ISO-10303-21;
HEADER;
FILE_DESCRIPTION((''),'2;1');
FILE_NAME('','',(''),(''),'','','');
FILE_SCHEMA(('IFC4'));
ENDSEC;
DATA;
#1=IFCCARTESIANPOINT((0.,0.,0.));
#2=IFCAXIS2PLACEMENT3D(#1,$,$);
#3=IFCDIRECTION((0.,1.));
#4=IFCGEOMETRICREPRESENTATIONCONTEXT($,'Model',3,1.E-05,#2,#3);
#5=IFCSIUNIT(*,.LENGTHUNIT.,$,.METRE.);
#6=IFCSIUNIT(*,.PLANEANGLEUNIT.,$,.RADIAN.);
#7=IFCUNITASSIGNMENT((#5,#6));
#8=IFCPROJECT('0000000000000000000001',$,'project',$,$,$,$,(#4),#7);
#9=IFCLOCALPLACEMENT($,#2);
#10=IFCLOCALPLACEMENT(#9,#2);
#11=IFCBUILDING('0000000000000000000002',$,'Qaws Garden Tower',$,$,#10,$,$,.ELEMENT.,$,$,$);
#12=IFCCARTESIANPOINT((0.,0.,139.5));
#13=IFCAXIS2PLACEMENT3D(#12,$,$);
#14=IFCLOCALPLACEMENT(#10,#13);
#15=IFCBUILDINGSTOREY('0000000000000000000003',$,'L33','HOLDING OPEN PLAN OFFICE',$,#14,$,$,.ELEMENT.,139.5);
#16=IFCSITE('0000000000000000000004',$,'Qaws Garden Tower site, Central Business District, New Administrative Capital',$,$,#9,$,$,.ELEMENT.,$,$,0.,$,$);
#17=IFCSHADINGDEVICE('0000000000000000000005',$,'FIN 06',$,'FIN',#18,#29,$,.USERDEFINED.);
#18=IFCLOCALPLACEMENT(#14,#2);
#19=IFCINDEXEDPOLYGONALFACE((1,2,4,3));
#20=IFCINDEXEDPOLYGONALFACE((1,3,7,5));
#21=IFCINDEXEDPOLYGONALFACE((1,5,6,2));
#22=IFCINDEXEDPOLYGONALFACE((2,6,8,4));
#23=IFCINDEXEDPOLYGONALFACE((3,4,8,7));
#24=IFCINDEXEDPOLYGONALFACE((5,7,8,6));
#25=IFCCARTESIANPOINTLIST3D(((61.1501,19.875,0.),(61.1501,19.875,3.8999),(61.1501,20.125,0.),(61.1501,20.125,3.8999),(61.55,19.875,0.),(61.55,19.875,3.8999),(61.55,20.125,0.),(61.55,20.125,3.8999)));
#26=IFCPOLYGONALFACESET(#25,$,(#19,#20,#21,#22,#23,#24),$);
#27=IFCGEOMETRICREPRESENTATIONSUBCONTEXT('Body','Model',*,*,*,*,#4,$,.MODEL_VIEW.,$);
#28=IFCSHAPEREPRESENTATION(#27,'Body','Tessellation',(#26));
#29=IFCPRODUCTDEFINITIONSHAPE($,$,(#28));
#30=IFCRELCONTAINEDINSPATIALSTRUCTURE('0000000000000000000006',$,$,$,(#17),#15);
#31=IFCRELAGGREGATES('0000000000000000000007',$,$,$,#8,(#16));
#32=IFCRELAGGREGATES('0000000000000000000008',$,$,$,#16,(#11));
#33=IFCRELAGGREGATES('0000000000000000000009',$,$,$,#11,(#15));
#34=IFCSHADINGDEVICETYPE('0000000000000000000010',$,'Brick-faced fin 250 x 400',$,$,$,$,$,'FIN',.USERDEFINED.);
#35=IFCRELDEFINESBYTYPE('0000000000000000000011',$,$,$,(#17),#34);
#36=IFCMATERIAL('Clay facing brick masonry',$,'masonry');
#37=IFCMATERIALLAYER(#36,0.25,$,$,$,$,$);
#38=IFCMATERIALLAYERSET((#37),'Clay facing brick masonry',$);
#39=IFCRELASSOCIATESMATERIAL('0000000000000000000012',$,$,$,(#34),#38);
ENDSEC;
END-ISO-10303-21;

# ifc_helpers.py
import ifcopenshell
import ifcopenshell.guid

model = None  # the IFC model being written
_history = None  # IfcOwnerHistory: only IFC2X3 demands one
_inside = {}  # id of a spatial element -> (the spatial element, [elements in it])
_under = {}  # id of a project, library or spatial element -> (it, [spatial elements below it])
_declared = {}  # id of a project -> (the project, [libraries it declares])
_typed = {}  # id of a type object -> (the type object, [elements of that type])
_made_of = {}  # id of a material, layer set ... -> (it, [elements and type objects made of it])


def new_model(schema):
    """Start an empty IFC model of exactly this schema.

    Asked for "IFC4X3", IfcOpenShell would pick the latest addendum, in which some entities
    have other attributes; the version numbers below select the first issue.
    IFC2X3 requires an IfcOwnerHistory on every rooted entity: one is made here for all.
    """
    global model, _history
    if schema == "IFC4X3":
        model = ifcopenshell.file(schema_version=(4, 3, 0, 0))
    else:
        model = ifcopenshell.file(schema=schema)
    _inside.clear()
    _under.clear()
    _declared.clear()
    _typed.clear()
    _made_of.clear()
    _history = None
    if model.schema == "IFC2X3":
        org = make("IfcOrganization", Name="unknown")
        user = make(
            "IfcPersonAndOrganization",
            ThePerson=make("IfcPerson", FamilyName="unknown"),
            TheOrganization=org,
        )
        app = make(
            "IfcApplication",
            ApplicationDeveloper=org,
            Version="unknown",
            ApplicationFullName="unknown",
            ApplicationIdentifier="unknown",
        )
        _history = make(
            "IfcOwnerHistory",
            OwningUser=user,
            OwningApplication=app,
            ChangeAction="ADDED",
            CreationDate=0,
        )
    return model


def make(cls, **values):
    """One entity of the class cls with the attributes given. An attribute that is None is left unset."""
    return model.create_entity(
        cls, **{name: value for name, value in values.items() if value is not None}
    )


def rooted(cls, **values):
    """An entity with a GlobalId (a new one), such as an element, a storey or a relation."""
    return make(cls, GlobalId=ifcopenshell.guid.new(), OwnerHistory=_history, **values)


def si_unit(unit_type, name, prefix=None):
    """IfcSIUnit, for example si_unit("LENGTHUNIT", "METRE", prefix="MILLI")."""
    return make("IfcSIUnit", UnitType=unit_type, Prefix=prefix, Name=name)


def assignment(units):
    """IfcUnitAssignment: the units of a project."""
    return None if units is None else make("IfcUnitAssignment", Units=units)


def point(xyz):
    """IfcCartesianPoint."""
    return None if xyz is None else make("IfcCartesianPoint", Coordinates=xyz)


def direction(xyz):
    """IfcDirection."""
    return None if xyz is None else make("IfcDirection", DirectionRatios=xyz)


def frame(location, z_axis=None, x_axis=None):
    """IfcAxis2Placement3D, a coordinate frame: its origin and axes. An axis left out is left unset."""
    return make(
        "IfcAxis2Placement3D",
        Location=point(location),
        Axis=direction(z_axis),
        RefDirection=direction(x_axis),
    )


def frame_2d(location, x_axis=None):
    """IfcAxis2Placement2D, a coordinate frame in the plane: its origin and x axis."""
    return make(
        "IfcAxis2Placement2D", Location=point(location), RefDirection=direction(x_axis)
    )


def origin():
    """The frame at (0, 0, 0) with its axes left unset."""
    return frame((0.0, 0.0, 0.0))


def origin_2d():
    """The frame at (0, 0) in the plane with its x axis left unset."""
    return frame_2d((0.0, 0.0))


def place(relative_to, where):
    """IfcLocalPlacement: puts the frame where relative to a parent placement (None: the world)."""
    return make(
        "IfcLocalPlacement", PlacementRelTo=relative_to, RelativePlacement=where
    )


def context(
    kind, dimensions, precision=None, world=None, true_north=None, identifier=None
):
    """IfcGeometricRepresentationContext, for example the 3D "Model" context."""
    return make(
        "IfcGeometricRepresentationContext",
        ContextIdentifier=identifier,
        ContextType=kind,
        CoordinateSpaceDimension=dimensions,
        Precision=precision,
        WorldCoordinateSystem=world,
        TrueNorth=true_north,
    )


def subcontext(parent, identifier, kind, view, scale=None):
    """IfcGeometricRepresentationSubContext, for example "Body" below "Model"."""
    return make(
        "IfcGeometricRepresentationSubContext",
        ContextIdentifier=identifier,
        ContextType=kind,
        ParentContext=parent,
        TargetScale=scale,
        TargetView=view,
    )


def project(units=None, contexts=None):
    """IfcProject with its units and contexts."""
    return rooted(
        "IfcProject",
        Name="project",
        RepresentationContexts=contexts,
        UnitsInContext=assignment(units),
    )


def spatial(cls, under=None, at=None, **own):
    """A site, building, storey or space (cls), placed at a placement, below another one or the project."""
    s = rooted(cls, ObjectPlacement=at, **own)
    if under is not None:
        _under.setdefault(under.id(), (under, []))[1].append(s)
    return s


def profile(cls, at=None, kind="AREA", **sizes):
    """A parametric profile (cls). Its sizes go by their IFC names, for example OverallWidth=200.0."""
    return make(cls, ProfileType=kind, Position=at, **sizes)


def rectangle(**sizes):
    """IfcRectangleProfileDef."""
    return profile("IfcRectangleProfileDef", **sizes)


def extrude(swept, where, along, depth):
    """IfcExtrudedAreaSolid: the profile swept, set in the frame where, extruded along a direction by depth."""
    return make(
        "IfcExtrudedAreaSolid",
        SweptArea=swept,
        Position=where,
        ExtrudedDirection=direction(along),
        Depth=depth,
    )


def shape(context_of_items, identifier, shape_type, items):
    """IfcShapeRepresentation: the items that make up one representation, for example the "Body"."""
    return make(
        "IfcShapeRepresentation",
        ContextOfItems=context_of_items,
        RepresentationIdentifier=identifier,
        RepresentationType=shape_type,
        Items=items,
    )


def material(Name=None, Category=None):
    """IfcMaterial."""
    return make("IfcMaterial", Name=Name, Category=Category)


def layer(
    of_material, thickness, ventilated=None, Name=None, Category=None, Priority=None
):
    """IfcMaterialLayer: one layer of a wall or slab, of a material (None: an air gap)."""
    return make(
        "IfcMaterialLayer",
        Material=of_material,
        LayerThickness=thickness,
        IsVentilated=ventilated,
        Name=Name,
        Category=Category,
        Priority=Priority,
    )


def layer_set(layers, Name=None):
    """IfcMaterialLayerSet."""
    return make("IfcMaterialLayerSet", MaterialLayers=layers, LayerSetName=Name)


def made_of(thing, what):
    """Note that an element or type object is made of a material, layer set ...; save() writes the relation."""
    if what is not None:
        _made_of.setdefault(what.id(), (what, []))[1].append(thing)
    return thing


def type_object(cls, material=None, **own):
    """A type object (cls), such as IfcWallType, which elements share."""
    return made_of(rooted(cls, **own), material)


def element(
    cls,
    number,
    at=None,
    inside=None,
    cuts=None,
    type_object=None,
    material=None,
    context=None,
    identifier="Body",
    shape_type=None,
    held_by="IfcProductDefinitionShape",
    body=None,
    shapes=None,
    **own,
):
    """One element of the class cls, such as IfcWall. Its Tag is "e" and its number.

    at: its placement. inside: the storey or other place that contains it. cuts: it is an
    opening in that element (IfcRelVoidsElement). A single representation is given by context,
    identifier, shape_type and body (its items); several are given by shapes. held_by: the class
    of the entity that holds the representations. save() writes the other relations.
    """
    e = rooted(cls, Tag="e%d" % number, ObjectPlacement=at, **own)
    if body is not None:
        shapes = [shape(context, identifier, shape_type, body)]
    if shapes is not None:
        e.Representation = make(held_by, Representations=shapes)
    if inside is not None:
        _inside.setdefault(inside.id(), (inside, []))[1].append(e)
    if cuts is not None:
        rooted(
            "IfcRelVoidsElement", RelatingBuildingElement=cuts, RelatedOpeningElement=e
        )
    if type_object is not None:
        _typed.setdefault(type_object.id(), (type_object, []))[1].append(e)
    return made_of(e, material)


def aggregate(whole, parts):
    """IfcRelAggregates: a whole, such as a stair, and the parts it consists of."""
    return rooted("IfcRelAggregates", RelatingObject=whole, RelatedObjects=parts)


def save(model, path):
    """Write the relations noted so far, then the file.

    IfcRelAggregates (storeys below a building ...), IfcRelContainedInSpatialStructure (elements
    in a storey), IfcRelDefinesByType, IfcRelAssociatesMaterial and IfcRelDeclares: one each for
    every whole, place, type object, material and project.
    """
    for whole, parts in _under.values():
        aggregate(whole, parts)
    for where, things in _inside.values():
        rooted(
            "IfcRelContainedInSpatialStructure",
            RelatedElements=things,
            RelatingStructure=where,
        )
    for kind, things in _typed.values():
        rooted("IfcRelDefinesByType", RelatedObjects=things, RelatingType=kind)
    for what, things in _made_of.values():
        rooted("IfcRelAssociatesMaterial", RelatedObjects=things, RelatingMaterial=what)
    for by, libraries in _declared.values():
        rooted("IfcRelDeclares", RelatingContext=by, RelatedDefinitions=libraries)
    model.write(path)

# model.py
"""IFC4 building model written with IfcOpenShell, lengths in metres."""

from ifc_helpers import new_model, si_unit, direction, frame, origin, origin_2d, place, context, subcontext, project, spatial, rectangle, extrude, material, layer, layer_set, type_object, element, save


model = new_model("IFC4")

# Units and contexts
model_context = context("Model", 3, precision=1e-05, world=origin(), true_north=direction((0.0, 1.0)))
body_context = subcontext(model_context, "Body", "Model", "MODEL_VIEW")
ifc_project = project(units=[si_unit("LENGTHUNIT", "METRE"), si_unit("PLANEANGLEUNIT", "RADIAN")], contexts=[model_context])

# Site, building, storey
site_placement = place(None, origin())
site = spatial("IfcSite", under=ifc_project, at=site_placement, Name="Qaws Garden Tower site, Central Business District, New Administrative Capital", CompositionType="ELEMENT", RefElevation=0.0)
building_placement = place(site_placement, origin())
building = spatial("IfcBuilding", under=site, at=building_placement, Name="Qaws Garden Tower", CompositionType="ELEMENT")
storey_placement = place(building_placement, frame((0.0, 0.0, 139.5)))
storey = spatial("IfcBuildingStorey", under=building, at=storey_placement, Name="L33", Description="HOLDING OPEN PLAN OFFICE", CompositionType="ELEMENT", Elevation=139.5)

# Shading device
ifc_material_1 = material(Name="Clay facing brick masonry", Category="masonry")
ifc_layer_1 = layer(ifc_material_1, 0.25)
ifc_layer_set_1 = layer_set([ifc_layer_1], Name="Clay facing brick masonry")
shading_device_type = type_object("IfcShadingDeviceType", Name="Brick-faced fin 250 x 400", ElementType="FIN", PredefinedType="USERDEFINED", material=ifc_layer_set_1)
shading_device_placement = place(storey_placement, frame((61.3501, 20.0, 0.0), z_axis=(0.0, 0.0, 1.0), x_axis=(0.0, 1.0, 0.0)))
element("IfcShadingDevice", 1, at=shading_device_placement, inside=storey, type_object=shading_device_type, Name="FIN 06", ObjectType="FIN", PredefinedType="USERDEFINED", context=body_context, shape_type="SweptSolid", body=[
    extrude(rectangle(XDim=0.25, YDim=0.3999, at=origin_2d()), origin(), (0.0, 0.0, 1.0), 3.8999),
])

save(model, "model.ifc")
